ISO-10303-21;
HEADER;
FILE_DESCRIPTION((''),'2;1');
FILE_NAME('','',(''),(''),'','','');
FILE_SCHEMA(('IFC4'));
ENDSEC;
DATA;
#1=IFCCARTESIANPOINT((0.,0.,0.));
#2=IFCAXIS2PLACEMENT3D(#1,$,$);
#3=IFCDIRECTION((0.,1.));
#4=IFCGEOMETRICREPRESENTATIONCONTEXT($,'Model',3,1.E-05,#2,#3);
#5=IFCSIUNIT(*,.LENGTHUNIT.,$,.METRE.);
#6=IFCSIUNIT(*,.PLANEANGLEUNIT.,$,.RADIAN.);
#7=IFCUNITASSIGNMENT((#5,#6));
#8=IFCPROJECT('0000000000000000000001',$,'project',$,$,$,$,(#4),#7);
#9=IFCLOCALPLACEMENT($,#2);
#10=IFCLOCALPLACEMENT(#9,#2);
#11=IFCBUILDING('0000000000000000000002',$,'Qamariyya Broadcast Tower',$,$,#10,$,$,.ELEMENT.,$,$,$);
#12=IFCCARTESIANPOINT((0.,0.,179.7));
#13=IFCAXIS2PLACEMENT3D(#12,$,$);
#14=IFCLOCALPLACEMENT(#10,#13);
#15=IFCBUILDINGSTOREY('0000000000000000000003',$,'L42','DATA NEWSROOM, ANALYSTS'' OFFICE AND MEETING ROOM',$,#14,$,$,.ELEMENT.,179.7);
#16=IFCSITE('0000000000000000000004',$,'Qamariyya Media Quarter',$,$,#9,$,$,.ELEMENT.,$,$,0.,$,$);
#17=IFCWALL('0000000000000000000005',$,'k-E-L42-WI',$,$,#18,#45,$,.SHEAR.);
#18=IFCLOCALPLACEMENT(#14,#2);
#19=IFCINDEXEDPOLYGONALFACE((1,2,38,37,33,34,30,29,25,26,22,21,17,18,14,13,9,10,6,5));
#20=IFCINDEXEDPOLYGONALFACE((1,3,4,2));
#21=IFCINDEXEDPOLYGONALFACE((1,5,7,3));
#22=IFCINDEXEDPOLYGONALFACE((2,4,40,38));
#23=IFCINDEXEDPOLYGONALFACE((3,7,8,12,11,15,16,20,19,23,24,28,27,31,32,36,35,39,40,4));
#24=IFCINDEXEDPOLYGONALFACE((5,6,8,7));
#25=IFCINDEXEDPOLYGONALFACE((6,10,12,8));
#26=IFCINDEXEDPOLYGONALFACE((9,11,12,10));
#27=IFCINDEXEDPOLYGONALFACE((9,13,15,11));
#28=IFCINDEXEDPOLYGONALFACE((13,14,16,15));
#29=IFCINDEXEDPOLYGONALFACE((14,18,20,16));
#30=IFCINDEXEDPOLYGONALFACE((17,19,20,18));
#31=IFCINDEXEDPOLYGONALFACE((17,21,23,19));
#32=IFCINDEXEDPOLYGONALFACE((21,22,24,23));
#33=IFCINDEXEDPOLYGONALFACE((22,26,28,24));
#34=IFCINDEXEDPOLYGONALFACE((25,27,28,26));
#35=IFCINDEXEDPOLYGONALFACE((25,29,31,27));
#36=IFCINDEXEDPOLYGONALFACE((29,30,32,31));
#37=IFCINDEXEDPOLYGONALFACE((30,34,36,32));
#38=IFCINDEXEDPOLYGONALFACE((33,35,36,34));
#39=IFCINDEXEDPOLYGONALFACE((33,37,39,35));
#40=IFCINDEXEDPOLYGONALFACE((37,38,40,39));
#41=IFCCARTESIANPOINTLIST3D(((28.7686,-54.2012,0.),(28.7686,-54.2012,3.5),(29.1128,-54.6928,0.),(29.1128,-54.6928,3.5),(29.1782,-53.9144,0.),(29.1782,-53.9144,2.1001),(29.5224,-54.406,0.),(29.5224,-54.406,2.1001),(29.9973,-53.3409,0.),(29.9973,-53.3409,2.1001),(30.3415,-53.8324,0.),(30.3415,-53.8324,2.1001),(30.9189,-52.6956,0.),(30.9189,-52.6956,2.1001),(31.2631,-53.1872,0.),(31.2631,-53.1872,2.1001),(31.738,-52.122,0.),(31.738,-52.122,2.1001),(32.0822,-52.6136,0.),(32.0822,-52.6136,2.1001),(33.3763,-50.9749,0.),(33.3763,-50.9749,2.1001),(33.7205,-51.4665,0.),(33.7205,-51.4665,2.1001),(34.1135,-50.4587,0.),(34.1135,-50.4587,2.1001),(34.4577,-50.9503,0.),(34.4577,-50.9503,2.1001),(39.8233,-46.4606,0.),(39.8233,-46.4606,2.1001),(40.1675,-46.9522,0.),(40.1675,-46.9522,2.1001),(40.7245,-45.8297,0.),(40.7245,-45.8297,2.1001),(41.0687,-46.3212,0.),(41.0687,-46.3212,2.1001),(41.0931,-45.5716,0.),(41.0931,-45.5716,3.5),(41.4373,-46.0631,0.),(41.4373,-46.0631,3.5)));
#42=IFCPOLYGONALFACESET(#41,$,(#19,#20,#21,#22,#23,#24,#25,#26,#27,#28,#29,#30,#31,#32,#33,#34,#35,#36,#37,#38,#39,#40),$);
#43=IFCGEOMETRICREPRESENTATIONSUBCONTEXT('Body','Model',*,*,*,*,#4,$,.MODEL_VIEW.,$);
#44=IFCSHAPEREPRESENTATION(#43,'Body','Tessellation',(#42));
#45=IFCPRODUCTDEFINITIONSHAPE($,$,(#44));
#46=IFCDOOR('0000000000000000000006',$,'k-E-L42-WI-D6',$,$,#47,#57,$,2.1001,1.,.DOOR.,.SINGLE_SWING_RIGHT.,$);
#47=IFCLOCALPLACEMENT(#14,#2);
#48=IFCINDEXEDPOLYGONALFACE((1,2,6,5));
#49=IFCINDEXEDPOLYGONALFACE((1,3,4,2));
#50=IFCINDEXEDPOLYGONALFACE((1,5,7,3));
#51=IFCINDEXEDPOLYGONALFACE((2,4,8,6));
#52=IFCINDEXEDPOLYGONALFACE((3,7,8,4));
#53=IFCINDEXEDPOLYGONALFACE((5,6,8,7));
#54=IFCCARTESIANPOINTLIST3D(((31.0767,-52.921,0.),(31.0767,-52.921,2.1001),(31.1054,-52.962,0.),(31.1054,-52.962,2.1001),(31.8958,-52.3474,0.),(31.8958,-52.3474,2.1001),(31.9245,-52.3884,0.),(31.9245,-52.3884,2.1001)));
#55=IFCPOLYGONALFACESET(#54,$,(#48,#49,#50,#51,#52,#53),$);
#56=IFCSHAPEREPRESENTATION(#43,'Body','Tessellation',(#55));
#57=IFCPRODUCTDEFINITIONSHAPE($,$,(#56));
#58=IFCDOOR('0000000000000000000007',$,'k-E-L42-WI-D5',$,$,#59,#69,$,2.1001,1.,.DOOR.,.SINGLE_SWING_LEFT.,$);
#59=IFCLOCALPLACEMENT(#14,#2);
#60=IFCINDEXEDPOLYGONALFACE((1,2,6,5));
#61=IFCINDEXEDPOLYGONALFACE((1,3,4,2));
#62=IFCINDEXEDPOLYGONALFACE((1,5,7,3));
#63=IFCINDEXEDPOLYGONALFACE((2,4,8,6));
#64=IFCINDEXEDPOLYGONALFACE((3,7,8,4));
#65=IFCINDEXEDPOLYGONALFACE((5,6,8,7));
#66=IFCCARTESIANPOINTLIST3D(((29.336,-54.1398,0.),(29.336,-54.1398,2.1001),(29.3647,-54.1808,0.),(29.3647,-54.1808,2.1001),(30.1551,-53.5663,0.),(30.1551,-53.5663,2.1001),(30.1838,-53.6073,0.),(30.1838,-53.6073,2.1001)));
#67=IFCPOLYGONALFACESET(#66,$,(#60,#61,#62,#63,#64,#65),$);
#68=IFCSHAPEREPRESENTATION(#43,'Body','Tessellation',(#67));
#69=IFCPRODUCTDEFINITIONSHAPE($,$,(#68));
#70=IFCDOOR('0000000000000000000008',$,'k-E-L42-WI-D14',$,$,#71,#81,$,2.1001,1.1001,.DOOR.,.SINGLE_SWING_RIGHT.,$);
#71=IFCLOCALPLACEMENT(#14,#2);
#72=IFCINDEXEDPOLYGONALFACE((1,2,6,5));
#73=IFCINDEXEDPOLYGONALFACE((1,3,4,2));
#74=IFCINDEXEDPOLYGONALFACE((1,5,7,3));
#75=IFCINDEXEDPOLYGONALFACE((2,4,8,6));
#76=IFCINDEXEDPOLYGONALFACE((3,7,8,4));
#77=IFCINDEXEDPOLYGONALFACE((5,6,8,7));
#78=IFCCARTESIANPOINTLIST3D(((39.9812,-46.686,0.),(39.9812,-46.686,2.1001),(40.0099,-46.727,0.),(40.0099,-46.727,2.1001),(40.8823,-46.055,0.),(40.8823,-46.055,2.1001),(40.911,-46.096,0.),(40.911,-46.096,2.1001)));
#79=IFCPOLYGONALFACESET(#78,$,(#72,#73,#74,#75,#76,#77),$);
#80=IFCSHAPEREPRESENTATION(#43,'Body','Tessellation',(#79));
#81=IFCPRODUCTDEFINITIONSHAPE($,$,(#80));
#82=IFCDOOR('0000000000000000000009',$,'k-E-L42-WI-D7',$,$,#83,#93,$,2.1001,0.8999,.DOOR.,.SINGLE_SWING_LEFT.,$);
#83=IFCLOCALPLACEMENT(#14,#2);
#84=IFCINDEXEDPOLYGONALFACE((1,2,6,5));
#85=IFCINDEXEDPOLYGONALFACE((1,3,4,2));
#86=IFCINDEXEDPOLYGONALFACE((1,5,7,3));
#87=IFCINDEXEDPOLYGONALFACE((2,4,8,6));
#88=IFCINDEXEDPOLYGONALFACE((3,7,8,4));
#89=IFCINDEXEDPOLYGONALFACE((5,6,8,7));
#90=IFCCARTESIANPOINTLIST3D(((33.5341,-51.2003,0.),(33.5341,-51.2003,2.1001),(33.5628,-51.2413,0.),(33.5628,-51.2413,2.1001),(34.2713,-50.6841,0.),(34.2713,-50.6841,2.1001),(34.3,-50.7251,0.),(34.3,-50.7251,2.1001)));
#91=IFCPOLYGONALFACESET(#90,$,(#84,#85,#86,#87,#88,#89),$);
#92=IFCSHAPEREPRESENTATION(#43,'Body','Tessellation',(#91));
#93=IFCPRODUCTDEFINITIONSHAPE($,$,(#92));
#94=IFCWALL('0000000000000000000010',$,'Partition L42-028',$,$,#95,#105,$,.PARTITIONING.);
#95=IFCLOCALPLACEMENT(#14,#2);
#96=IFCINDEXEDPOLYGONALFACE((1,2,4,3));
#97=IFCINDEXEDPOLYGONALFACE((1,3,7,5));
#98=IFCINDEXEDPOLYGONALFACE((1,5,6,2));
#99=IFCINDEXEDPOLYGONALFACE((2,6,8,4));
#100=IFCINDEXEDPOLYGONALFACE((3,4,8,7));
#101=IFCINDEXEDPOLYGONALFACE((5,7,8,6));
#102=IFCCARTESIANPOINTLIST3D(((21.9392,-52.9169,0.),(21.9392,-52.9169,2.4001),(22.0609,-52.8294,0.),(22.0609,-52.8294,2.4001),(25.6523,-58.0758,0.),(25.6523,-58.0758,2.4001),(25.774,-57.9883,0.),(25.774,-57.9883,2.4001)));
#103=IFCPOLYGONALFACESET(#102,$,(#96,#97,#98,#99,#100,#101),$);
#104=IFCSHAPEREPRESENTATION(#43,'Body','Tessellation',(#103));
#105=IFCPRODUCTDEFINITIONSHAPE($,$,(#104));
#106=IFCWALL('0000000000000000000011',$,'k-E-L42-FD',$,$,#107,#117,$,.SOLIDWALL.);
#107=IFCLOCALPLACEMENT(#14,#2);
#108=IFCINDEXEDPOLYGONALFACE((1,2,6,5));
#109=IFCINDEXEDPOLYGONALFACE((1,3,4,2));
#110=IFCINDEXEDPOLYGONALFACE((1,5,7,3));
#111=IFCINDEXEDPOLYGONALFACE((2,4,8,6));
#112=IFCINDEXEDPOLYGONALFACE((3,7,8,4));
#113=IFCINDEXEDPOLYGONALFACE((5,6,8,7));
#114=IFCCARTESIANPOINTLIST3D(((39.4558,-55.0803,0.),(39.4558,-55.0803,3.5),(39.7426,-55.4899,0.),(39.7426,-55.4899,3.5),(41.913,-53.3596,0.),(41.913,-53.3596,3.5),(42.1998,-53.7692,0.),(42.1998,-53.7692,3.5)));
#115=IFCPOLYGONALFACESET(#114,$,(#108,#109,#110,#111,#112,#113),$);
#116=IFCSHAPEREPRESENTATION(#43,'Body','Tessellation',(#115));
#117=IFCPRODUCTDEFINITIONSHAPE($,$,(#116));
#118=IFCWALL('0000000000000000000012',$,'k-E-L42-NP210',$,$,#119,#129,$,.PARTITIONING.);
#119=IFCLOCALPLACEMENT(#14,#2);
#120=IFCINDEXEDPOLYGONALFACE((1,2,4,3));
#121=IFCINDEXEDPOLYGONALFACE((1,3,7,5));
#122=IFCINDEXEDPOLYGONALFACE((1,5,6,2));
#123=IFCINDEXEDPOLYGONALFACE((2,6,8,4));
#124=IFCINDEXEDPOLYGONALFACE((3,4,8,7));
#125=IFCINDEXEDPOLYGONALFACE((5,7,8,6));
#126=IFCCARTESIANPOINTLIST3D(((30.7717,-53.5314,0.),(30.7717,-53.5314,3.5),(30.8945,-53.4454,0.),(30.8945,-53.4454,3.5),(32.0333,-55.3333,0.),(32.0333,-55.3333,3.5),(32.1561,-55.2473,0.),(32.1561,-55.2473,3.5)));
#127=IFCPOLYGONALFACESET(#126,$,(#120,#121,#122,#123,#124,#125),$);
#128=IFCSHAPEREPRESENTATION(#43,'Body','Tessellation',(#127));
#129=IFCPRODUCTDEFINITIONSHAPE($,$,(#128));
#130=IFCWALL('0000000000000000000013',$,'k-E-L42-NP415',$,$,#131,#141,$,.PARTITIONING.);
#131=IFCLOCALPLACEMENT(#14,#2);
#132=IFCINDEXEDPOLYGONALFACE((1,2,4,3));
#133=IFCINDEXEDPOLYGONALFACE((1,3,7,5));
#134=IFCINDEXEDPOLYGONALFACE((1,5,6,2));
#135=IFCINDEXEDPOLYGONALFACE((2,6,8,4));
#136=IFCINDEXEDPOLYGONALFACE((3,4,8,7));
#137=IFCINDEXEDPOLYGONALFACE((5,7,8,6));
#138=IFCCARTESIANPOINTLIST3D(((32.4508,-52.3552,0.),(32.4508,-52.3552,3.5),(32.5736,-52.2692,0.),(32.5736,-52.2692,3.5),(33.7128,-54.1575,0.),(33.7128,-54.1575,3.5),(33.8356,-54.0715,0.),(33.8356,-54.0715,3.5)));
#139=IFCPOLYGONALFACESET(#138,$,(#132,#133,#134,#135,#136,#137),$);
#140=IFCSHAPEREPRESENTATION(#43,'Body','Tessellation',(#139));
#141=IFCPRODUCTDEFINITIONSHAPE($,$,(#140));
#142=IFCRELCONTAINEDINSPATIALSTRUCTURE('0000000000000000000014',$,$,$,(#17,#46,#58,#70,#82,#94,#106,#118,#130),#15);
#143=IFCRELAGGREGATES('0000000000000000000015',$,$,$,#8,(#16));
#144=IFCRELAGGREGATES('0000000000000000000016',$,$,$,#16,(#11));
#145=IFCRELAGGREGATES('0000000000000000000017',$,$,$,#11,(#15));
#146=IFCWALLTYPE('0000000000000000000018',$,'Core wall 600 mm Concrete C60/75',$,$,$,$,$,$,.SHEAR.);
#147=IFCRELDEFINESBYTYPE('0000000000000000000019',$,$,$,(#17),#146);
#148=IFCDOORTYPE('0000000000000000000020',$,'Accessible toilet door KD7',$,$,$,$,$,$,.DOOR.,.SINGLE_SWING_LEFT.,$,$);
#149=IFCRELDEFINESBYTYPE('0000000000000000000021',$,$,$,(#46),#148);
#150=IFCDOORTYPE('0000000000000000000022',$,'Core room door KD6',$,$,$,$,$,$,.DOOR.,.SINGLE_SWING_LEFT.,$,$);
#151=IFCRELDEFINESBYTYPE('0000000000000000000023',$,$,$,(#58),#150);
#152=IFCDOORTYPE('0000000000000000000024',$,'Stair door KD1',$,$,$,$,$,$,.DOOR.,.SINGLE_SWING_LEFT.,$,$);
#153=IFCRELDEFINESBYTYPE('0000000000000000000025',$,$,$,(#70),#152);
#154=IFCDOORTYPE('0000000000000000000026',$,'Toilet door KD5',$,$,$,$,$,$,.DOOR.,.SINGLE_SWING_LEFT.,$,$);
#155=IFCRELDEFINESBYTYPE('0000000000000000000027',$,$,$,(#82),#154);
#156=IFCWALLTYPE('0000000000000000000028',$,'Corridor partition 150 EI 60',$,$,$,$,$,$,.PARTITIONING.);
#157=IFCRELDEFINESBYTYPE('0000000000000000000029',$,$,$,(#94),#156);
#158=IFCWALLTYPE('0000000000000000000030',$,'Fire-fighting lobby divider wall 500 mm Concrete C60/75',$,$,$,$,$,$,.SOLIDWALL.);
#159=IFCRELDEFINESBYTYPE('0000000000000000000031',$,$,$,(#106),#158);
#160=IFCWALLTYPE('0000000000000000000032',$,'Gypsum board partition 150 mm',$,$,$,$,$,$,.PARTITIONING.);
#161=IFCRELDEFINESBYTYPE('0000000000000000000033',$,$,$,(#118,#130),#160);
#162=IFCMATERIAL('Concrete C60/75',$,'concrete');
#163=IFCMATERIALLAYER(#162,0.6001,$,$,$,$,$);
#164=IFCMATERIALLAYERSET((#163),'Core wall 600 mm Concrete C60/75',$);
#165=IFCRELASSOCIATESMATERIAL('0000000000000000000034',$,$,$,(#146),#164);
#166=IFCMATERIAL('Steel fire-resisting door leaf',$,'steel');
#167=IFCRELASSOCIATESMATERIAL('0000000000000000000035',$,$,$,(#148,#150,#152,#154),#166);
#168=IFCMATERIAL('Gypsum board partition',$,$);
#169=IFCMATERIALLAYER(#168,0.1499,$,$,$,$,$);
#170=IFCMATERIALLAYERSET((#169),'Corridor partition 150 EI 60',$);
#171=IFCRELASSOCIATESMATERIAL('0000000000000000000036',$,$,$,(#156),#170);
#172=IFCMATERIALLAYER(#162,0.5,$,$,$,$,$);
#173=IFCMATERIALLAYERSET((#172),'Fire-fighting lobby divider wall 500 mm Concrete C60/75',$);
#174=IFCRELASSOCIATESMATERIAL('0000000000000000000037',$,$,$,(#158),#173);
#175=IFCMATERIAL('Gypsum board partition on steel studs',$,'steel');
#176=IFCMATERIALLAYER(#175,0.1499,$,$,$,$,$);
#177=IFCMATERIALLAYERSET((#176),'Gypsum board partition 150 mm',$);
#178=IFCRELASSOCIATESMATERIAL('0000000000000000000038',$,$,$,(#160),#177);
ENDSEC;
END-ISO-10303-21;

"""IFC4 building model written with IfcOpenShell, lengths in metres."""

from ifc_helpers import new_model, si_unit, direction, frame, frame_2d, origin, place, context, subcontext, project, spatial, rectangle, extrude, material, layer, layer_set, type_object, element, fill, save


model = new_model("IFC4")

# Units and contexts
model_context = context("Model", 3, precision=1e-05, world=origin(), true_north=direction((0.0, 1.0)))
body_context = subcontext(model_context, "Body", "Model", "MODEL_VIEW")
ifc_project = project(units=[si_unit("LENGTHUNIT", "METRE"), si_unit("PLANEANGLEUNIT", "RADIAN")], contexts=[model_context])

# Site, building, storey
site_placement = place(None, origin())
site = spatial("IfcSite", under=ifc_project, at=site_placement, Name="Qamariyya Media Quarter", CompositionType="ELEMENT", RefElevation=0.0)
building_placement = place(site_placement, origin())
building = spatial("IfcBuilding", under=site, at=building_placement, Name="Qamariyya Broadcast Tower", CompositionType="ELEMENT")
storey_placement = place(building_placement, frame((0.0, 0.0, 179.7)))
storey = spatial("IfcBuildingStorey", under=building, at=storey_placement, Name="L42", Description="DATA NEWSROOM, ANALYSTS' OFFICE AND MEETING ROOM", CompositionType="ELEMENT", Elevation=179.7)

# Shared definitions
ifc_material_1 = material(Name="Concrete C60/75", Category="concrete")

# Wall, openings, doors
ifc_layer_1 = layer(ifc_material_1, 0.6001)
ifc_layer_set_1 = layer_set([ifc_layer_1], Name="Core wall 600 mm Concrete C60/75")
wall_type_1 = type_object("IfcWallType", Name="Core wall 600 mm Concrete C60/75", PredefinedType="SHEAR", material=ifc_layer_set_1)
wall_1_placement = place(storey_placement, frame((28.9407, -54.447, 0.0), z_axis=(0.0, 0.0, 1.0), x_axis=(0.819153, 0.573575, 0.0)))
wall_1 = element("IfcWall", 1, at=wall_1_placement, inside=storey, type_object=wall_type_1, Name="k-E-L42-WI", PredefinedType="SHEAR", context=body_context, shape_type="SweptSolid", body=[
    extrude(rectangle(XDim=15.0454, YDim=0.6001, at=frame_2d((7.5227, 0.0))), origin(), (0.0, 0.0, 1.0), 3.5),
])
opening_1_placement = place(wall_1_placement, frame((0.5, 0.0, 0.0)))
opening_1 = element("IfcOpeningElement", 2, at=opening_1_placement, cuts=wall_1, PredefinedType="OPENING", context=body_context, shape_type="SweptSolid", body=[
    extrude(rectangle(XDim=1.0, YDim=2.1001, at=frame_2d((0.5, 1.05))), frame((0.0, 0.3101, 0.0), z_axis=(0.0, -1.0, 0.0), x_axis=(1.0, 0.0, 0.0)), (0.0, 0.0, 1.0), 0.6201),
])
opening_2_placement = place(wall_1_placement, frame((2.625, 0.0, 0.0)))
opening_2 = element("IfcOpeningElement", 3, at=opening_2_placement, cuts=wall_1, PredefinedType="OPENING", context=body_context, shape_type="SweptSolid", body=[
    extrude(rectangle(XDim=1.0, YDim=2.1001, at=frame_2d((0.5, 1.05))), frame((0.0, 0.3101, 0.0), z_axis=(0.0, -1.0, 0.0), x_axis=(1.0, 0.0, 0.0)), (0.0, 0.0, 1.0), 0.6201),
])
opening_3_placement = place(wall_1_placement, frame((5.625, 0.0, 0.0)))
opening_3 = element("IfcOpeningElement", 4, at=opening_3_placement, cuts=wall_1, PredefinedType="OPENING", context=body_context, shape_type="SweptSolid", body=[
    extrude(rectangle(XDim=0.8999, YDim=2.1001, at=frame_2d((0.45, 1.05))), frame((0.0, 0.3101, 0.0), z_axis=(0.0, -1.0, 0.0), x_axis=(1.0, 0.0, 0.0)), (0.0, 0.0, 1.0), 0.6201),
])
opening_4_placement = place(wall_1_placement, frame((13.4954, 0.0, 0.0)))
opening_4 = element("IfcOpeningElement", 5, at=opening_4_placement, cuts=wall_1, PredefinedType="OPENING", context=body_context, shape_type="SweptSolid", body=[
    extrude(rectangle(XDim=1.1001, YDim=2.1001, at=frame_2d((0.55, 1.05))), frame((0.0, 0.3101, 0.0), z_axis=(0.0, -1.0, 0.0), x_axis=(1.0, 0.0, 0.0)), (0.0, 0.0, 1.0), 0.6201),
])
ifc_material_2 = material(Name="Steel fire-resisting door leaf", Category="steel")
door_type_1 = type_object("IfcDoorType", Name="Accessible toilet door KD7", OperationType="SINGLE_SWING_LEFT", PredefinedType="DOOR", material=ifc_material_2)
door_1_placement = place(opening_2_placement, origin())
door_1 = element("IfcDoor", 6, at=door_1_placement, inside=storey, type_object=door_type_1, Name="k-E-L42-WI-D6", OperationType="SINGLE_SWING_RIGHT", OverallHeight=2.1001, OverallWidth=1.0, PredefinedType="DOOR", context=body_context, shape_type="SweptSolid", body=[
    extrude(rectangle(XDim=1.0, YDim=2.1001, at=frame_2d((0.5, 1.05))), frame((0.0, 0.0249, 0.0), z_axis=(0.0, -1.0, 0.0), x_axis=(1.0, 0.0, 0.0)), (0.0, 0.0, 1.0), 0.05),
])
fill(opening_2, door_1)
door_type_2 = type_object("IfcDoorType", Name="Core room door KD6", OperationType="SINGLE_SWING_LEFT", PredefinedType="DOOR", material=ifc_material_2)
door_2_placement = place(opening_1_placement, origin())
door_2 = element("IfcDoor", 7, at=door_2_placement, inside=storey, type_object=door_type_2, Name="k-E-L42-WI-D5", OperationType="SINGLE_SWING_LEFT", OverallHeight=2.1001, OverallWidth=1.0, PredefinedType="DOOR", context=body_context, shape_type="SweptSolid", body=[
    extrude(rectangle(XDim=1.0, YDim=2.1001, at=frame_2d((0.5, 1.05))), frame((0.0, 0.0249, 0.0), z_axis=(0.0, -1.0, 0.0), x_axis=(1.0, 0.0, 0.0)), (0.0, 0.0, 1.0), 0.05),
])
fill(opening_1, door_2)
door_type_3 = type_object("IfcDoorType", Name="Stair door KD1", OperationType="SINGLE_SWING_LEFT", PredefinedType="DOOR", material=ifc_material_2)
door_3_placement = place(opening_4_placement, origin())
door_3 = element("IfcDoor", 8, at=door_3_placement, inside=storey, type_object=door_type_3, Name="k-E-L42-WI-D14", OperationType="SINGLE_SWING_RIGHT", OverallHeight=2.1001, OverallWidth=1.1001, PredefinedType="DOOR", context=body_context, shape_type="SweptSolid", body=[
    extrude(rectangle(XDim=1.1001, YDim=2.1001, at=frame_2d((0.55, 1.05))), frame((0.0, 0.0249, 0.0), z_axis=(0.0, -1.0, 0.0), x_axis=(1.0, 0.0, 0.0)), (0.0, 0.0, 1.0), 0.05),
])
fill(opening_4, door_3)
door_type_4 = type_object("IfcDoorType", Name="Toilet door KD5", OperationType="SINGLE_SWING_LEFT", PredefinedType="DOOR", material=ifc_material_2)
door_4_placement = place(opening_3_placement, origin())
door_4 = element("IfcDoor", 9, at=door_4_placement, inside=storey, type_object=door_type_4, Name="k-E-L42-WI-D7", OperationType="SINGLE_SWING_LEFT", OverallHeight=2.1001, OverallWidth=0.8999, PredefinedType="DOOR", context=body_context, shape_type="SweptSolid", body=[
    extrude(rectangle(XDim=0.8999, YDim=2.1001, at=frame_2d((0.45, 1.05))), frame((0.0, 0.0249, 0.0), z_axis=(0.0, -1.0, 0.0), x_axis=(1.0, 0.0, 0.0)), (0.0, 0.0, 1.0), 0.05),
])
fill(opening_3, door_4)

# Walls
ifc_material_3 = material(Name="Gypsum board partition")
ifc_layer_2 = layer(ifc_material_3, 0.1499)
ifc_layer_set_2 = layer_set([ifc_layer_2], Name="Corridor partition 150 EI 60")
wall_type_2 = type_object("IfcWallType", Name="Corridor partition 150 EI 60", PredefinedType="PARTITIONING", material=ifc_layer_set_2)
wall_2_placement = place(storey_placement, frame((22.0, -52.873, 0.0), z_axis=(0.0, 0.0, 1.0), x_axis=(0.58417, -0.811631, 0.0)))
element("IfcWall", 10, at=wall_2_placement, inside=storey, type_object=wall_type_2, Name="Partition L42-028", PredefinedType="PARTITIONING", context=body_context, shape_type="SweptSolid", body=[
    extrude(rectangle(XDim=6.3562, YDim=0.1499, at=frame_2d((3.1782, 0.0))), origin(), (0.0, 0.0, 1.0), 2.4001),
])
ifc_layer_3 = layer(ifc_material_1, 0.5)
ifc_layer_set_3 = layer_set([ifc_layer_3], Name="Fire-fighting lobby divider wall 500 mm Concrete C60/75")
wall_type_3 = type_object("IfcWallType", Name="Fire-fighting lobby divider wall 500 mm Concrete C60/75", PredefinedType="SOLIDWALL", material=ifc_layer_set_3)
wall_3_placement = place(storey_placement, frame((39.5991, -55.2852, 0.0), z_axis=(0.0, 0.0, 1.0), x_axis=(0.819136, 0.573599, 0.0)))
element("IfcWall", 11, at=wall_3_placement, inside=storey, type_object=wall_type_3, Name="k-E-L42-FD", PredefinedType="SOLIDWALL", context=body_context, shape_type="SweptSolid", body=[
    extrude(rectangle(XDim=2.9998, YDim=0.5, at=frame_2d((1.5, 0.0))), origin(), (0.0, 0.0, 1.0), 3.5),
])
ifc_material_4 = material(Name="Gypsum board partition on steel studs", Category="steel")
ifc_layer_4 = layer(ifc_material_4, 0.1499)
ifc_layer_set_4 = layer_set([ifc_layer_4], Name="Gypsum board partition 150 mm")
wall_type_4 = type_object("IfcWallType", Name="Gypsum board partition 150 mm", PredefinedType="PARTITIONING", material=ifc_layer_set_4)
wall_4_placement = place(storey_placement, frame((32.0947, -55.2903, 0.0), z_axis=(0.0, 0.0, 1.0), x_axis=(-0.573559, 0.819164, 0.0)))
element("IfcWall", 12, at=wall_4_placement, inside=storey, type_object=wall_type_4, Name="k-E-L42-NP210", PredefinedType="PARTITIONING", context=body_context, shape_type="SweptSolid", body=[
    extrude(rectangle(XDim=2.1997, YDim=0.1499, at=frame_2d((1.0999, 0.0))), origin(), (0.0, 0.0, 1.0), 3.5),
])
wall_5_placement = place(storey_placement, frame((33.7742, -54.1145, 0.0), z_axis=(0.0, 0.0, 1.0), x_axis=(-0.573581, 0.819149, 0.0)))
element("IfcWall", 13, at=wall_5_placement, inside=storey, type_object=wall_type_4, Name="k-E-L42-NP415", PredefinedType="PARTITIONING", context=body_context, shape_type="SweptSolid", body=[
    extrude(rectangle(XDim=2.2002, YDim=0.1499, at=frame_2d((1.1001, 0.0))), origin(), (0.0, 0.0, 1.0), 3.5),
])

save(model, "model.ifc")
